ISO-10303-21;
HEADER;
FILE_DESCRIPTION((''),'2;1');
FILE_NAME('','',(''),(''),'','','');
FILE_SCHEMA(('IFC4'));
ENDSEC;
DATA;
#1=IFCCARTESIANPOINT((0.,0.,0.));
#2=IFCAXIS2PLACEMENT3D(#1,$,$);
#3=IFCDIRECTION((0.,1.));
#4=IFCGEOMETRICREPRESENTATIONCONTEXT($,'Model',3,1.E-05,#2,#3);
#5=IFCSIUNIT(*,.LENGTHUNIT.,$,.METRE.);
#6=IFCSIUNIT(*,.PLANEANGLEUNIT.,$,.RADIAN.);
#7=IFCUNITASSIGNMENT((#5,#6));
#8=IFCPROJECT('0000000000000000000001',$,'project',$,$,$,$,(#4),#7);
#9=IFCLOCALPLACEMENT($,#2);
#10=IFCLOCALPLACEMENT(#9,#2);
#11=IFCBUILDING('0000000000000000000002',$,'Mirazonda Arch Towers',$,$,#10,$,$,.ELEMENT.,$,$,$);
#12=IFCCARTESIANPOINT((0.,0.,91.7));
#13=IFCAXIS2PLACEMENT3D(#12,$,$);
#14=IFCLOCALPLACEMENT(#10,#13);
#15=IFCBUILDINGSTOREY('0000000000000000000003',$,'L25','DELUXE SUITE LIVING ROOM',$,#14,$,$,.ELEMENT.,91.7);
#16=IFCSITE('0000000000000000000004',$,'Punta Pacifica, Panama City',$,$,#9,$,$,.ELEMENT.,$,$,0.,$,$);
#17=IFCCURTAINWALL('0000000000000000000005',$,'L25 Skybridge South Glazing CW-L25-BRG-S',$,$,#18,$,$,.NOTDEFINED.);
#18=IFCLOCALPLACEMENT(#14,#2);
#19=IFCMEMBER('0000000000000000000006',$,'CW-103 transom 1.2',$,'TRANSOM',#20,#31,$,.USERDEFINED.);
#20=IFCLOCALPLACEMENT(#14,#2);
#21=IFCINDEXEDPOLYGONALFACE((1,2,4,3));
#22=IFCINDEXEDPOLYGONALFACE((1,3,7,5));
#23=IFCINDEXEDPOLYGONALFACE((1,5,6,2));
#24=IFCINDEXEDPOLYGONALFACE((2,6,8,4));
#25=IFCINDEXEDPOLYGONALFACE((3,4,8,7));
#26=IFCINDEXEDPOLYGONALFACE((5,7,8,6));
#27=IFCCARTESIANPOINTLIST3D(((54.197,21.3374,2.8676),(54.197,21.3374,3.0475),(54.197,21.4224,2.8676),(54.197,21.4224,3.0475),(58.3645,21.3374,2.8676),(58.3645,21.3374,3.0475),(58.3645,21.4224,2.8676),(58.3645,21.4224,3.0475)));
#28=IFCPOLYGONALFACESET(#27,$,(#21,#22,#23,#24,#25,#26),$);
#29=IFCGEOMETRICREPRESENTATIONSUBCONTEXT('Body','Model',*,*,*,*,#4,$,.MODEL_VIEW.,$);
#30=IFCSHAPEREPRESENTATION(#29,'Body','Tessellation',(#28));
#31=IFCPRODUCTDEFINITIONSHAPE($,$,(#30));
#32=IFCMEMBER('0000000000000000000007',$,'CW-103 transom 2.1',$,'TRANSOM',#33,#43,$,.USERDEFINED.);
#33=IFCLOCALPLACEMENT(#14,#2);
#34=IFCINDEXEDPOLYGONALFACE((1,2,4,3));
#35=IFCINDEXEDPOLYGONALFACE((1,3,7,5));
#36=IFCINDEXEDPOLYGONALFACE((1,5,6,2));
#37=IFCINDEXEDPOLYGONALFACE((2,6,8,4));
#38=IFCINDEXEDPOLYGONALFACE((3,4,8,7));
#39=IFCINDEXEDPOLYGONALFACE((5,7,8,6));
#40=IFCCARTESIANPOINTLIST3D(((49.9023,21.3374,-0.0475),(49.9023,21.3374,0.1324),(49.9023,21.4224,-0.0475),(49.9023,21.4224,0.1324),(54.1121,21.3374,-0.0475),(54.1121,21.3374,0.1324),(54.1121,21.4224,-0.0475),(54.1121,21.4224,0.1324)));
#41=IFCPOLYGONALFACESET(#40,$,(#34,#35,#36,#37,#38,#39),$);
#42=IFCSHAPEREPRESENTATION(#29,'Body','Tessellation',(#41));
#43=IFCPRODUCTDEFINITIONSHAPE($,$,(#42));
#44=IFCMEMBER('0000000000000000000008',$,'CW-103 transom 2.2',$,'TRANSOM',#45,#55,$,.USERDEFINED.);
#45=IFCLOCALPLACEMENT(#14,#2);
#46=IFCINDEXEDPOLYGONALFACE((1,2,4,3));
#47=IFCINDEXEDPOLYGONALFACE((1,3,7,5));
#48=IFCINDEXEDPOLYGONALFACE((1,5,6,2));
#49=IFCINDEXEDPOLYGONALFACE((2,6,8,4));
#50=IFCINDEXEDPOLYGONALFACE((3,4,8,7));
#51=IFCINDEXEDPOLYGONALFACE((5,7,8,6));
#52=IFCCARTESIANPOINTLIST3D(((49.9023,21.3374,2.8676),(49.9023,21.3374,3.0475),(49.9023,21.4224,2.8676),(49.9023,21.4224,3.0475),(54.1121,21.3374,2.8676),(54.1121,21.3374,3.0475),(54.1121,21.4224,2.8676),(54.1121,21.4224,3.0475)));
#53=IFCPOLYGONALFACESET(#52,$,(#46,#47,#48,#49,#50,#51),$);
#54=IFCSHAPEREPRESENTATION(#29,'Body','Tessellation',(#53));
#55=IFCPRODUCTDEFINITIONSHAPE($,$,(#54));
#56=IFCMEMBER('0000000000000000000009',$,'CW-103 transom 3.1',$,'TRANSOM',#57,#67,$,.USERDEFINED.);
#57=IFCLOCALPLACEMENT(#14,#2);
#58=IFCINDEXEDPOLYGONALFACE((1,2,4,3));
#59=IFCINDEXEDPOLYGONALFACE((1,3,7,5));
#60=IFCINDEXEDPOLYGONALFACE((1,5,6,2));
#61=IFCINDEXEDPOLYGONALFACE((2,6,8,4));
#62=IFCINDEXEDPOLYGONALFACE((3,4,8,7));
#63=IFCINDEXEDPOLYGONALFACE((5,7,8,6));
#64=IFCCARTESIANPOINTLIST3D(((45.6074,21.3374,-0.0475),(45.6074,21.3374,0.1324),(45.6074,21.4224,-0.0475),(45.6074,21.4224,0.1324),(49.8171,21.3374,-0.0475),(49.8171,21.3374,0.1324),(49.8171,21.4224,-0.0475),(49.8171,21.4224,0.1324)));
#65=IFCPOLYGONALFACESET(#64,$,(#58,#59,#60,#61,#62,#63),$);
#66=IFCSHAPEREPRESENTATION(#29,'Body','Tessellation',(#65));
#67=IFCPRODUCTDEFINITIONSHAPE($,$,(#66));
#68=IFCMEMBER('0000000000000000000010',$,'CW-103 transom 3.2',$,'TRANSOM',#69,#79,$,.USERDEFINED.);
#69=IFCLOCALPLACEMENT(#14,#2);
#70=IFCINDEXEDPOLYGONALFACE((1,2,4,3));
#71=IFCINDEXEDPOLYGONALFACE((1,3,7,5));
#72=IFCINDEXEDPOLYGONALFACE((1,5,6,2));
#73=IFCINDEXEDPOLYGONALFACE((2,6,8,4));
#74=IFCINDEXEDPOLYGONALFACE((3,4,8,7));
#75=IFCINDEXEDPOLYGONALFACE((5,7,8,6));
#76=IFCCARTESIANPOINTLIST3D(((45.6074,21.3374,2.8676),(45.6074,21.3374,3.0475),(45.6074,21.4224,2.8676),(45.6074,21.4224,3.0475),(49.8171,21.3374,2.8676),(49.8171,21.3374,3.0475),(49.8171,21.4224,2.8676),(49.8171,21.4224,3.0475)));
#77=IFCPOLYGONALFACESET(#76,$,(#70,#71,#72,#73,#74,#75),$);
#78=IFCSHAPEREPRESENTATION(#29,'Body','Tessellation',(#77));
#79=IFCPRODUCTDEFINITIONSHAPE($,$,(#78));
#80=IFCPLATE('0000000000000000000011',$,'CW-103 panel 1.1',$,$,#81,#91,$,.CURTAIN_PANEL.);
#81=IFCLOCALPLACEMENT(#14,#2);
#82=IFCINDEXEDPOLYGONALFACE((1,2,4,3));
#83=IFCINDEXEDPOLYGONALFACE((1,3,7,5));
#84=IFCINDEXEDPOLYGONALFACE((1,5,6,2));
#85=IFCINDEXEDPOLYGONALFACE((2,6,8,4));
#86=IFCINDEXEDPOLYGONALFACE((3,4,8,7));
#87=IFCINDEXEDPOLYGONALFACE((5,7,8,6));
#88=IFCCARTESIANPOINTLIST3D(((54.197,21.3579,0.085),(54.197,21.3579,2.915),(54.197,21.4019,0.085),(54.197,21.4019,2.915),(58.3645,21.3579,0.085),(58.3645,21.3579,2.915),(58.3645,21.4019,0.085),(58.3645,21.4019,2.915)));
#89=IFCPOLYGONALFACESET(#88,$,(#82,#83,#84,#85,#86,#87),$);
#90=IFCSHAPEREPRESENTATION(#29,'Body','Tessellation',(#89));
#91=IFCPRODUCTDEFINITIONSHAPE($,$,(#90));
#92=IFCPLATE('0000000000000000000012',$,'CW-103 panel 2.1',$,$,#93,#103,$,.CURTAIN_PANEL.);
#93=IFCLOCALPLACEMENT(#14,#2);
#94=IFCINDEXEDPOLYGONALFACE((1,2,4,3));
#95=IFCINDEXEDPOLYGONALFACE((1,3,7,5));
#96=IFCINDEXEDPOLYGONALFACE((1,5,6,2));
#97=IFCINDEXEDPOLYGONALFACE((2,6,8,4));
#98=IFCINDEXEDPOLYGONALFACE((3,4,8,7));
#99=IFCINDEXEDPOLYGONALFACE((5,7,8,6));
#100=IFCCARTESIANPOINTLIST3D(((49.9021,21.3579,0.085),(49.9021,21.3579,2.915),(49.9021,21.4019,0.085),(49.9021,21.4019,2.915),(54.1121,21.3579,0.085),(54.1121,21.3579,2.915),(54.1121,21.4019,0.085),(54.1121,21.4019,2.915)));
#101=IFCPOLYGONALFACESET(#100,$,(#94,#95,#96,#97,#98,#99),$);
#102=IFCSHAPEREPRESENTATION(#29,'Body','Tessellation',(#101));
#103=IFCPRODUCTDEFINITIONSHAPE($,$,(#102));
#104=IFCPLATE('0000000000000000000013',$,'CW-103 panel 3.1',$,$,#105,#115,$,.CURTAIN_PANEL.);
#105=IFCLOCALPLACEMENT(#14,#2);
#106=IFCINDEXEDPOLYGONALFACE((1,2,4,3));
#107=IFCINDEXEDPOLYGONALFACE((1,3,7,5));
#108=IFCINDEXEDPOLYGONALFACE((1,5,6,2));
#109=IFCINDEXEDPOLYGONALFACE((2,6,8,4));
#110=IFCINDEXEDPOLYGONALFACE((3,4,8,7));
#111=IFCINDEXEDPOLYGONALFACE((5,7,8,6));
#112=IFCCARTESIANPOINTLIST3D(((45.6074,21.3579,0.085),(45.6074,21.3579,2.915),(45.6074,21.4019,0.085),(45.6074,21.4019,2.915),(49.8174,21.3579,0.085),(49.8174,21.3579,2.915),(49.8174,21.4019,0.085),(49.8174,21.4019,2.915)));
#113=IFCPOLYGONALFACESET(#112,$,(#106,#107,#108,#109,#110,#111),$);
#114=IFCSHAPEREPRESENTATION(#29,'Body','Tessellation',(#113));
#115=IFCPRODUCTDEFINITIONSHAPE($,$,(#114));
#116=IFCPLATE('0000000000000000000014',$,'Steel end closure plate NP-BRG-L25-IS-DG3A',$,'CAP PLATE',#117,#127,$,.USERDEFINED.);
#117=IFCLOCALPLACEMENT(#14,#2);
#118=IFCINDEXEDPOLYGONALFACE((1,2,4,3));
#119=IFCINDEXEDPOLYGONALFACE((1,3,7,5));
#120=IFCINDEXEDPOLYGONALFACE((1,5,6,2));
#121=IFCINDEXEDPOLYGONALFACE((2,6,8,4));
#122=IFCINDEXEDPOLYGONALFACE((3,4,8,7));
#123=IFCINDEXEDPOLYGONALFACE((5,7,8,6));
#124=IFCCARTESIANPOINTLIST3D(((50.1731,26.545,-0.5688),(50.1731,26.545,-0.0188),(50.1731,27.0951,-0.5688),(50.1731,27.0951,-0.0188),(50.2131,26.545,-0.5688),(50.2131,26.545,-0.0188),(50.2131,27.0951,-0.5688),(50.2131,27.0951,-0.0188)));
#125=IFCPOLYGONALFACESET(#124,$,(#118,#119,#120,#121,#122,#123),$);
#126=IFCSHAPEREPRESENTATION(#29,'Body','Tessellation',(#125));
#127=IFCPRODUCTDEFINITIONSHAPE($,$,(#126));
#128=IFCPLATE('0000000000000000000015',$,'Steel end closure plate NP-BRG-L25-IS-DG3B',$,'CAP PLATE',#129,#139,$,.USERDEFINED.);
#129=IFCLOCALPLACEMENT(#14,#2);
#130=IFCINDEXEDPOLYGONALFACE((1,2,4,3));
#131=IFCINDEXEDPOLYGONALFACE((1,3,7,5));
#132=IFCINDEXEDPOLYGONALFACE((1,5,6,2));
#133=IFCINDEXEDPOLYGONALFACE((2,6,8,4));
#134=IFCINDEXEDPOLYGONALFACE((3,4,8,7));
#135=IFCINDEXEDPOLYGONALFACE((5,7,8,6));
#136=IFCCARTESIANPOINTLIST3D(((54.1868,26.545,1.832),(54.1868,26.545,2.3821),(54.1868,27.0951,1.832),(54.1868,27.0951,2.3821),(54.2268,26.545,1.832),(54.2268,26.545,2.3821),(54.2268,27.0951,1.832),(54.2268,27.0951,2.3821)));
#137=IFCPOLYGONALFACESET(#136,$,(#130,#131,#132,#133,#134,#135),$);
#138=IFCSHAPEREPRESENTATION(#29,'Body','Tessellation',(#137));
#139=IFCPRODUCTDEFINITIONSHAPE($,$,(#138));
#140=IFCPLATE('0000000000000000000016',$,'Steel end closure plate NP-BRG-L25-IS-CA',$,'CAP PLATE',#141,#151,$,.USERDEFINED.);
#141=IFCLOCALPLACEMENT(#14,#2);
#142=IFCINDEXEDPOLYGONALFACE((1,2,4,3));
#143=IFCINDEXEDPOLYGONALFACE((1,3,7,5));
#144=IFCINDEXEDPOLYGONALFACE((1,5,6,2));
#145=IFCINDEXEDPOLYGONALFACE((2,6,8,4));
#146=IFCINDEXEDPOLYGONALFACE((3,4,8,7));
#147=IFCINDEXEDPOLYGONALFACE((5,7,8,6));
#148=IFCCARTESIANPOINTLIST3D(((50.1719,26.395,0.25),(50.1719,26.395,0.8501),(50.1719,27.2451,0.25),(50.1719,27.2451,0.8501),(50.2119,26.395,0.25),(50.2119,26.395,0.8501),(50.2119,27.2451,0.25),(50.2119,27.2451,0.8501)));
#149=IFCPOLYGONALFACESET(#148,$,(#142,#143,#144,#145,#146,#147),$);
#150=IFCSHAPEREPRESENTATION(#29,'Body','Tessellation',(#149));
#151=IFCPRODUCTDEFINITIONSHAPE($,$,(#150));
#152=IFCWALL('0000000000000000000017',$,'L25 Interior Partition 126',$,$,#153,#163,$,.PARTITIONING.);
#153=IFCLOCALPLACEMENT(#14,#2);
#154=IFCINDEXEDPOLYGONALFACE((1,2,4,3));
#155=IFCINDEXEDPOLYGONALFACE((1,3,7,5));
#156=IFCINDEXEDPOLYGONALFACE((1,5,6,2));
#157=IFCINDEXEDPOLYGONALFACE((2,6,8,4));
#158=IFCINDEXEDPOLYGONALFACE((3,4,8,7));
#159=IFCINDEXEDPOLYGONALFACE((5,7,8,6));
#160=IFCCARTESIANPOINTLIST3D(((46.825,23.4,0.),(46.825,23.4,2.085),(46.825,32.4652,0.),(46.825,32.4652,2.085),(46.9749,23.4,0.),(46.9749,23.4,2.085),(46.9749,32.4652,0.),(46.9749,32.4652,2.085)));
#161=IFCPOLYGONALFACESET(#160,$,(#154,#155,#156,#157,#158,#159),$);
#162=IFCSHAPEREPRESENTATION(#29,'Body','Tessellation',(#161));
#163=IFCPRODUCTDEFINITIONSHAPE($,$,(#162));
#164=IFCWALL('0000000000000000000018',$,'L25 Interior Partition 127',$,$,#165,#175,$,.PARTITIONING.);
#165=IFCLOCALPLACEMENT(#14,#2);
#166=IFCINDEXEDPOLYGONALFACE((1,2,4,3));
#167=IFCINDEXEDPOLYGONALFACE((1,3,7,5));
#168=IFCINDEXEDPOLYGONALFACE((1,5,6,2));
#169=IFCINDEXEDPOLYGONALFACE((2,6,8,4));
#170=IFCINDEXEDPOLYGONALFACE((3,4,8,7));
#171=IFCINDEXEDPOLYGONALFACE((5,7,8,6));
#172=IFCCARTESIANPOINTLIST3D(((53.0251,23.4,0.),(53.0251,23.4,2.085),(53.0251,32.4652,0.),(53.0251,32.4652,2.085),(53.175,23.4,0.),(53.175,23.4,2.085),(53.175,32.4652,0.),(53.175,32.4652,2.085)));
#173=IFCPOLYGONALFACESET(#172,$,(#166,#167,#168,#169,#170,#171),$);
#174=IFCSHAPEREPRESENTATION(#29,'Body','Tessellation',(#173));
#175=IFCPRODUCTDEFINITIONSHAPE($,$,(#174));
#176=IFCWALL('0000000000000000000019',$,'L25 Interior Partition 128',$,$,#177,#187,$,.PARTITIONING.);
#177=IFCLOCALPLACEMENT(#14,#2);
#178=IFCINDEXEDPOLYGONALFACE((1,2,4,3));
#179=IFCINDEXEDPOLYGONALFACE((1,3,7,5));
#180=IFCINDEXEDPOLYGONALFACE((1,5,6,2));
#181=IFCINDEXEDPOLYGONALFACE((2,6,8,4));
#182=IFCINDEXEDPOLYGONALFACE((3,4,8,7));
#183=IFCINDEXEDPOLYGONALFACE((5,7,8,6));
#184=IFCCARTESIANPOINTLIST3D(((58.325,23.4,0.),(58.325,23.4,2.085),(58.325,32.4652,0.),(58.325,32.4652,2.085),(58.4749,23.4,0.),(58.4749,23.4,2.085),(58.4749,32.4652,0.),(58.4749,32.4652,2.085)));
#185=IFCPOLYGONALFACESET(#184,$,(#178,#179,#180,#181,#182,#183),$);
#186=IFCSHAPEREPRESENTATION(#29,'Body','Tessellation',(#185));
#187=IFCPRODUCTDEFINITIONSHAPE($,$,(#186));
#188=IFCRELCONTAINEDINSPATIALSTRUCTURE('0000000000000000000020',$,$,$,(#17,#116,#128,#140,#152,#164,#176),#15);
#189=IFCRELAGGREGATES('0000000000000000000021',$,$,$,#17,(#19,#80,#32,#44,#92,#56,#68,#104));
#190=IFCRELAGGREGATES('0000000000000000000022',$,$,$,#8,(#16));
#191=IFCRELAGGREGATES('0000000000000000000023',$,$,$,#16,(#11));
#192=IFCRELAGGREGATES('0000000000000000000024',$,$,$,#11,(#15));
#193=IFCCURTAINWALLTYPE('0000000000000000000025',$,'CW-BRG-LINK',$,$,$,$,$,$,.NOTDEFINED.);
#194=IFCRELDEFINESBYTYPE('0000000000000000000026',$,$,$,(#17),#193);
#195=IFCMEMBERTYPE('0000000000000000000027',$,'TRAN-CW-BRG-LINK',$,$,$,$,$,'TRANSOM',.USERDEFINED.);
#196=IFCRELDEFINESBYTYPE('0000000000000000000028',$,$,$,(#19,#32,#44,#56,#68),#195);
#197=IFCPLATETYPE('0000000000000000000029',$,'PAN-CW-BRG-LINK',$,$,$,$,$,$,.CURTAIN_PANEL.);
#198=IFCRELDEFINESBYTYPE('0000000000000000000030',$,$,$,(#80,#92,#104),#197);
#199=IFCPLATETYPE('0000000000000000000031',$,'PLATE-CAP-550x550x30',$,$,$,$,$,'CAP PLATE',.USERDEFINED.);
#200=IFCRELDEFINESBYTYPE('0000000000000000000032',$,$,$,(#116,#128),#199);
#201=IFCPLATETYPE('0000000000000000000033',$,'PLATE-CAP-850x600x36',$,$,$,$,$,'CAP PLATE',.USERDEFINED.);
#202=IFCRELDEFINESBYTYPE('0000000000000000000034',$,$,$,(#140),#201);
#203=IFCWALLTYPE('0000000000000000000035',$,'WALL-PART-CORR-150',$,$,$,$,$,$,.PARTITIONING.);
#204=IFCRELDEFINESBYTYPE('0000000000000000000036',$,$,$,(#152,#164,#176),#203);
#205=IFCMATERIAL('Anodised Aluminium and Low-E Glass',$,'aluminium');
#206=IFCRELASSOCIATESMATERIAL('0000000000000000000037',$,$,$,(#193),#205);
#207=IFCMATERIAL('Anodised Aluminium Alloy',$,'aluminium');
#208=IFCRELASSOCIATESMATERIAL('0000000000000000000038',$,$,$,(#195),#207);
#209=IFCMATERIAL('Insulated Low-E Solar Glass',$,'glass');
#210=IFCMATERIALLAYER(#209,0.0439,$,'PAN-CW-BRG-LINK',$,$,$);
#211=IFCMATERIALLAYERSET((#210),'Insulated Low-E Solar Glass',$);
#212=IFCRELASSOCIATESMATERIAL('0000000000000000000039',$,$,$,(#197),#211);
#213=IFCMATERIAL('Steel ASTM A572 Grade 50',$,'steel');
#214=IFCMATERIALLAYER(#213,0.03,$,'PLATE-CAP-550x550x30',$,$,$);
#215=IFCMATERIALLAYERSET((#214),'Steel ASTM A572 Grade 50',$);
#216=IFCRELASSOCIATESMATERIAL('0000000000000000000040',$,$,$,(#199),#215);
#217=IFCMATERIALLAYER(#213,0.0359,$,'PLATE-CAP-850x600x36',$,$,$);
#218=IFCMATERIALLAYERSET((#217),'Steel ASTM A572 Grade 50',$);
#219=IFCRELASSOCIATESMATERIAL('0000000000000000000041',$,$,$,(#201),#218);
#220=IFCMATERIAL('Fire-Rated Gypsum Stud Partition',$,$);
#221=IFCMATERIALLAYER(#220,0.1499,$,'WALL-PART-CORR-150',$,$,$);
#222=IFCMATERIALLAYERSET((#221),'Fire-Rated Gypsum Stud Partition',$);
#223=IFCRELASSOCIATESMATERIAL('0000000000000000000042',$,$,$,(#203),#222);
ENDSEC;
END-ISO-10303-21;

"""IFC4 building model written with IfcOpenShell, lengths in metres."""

from ifc_helpers import new_model, si_unit, direction, frame, frame_2d, origin, origin_2d, place, context, subcontext, project, spatial, rectangle, extrude, material, layer, layer_set, material_profile, profile_set, type_object, element, aggregate, save


model = new_model("IFC4")

# Units and contexts
model_context = context("Model", 3, precision=1e-05, world=origin(), true_north=direction((0.0, 1.0)))
body_context = subcontext(model_context, "Body", "Model", "MODEL_VIEW")
ifc_project = project(units=[si_unit("LENGTHUNIT", "METRE"), si_unit("PLANEANGLEUNIT", "RADIAN")], contexts=[model_context])

# Site, building, storey
site_placement = place(None, origin())
site = spatial("IfcSite", under=ifc_project, at=site_placement, Name="Punta Pacifica, Panama City", CompositionType="ELEMENT", RefElevation=0.0)
building_placement = place(site_placement, origin())
building = spatial("IfcBuilding", under=site, at=building_placement, Name="Mirazonda Arch Towers", CompositionType="ELEMENT")
storey_placement = place(building_placement, frame((0.0, 0.0, 91.7)))
storey = spatial("IfcBuildingStorey", under=building, at=storey_placement, Name="L25", Description="DELUXE SUITE LIVING ROOM", CompositionType="ELEMENT", Elevation=91.7)

# Shared definitions
ifc_material_1 = material(Name="Steel ASTM A572 Grade 50", Category="steel")

# Curtain wall, members, plates
ifc_material_2 = material(Name="Anodised Aluminium and Low-E Glass", Category="aluminium")
curtain_wall_type = type_object("IfcCurtainWallType", Name="CW-BRG-LINK", PredefinedType="NOTDEFINED", material=ifc_material_2)
curtain_wall_placement = place(storey_placement, origin())
curtain_wall = element("IfcCurtainWall", 1, at=curtain_wall_placement, inside=storey, type_object=curtain_wall_type, Name="L25 Skybridge South Glazing CW-L25-BRG-S", PredefinedType="NOTDEFINED")
ifc_material_3 = material(Name="Anodised Aluminium Alloy", Category="aluminium")
ifc_material_profile_1 = material_profile(ifc_material_3, rectangle(XDim=0.085, YDim=0.1799, at=origin_2d()), Name="ALU-TRAN-85x180")
ifc_profile_set_1 = profile_set([ifc_material_profile_1], Name="Anodised Aluminium Alloy")
member_type_1 = type_object("IfcMemberType", Name="TRAN-CW-BRG-LINK", ElementType="TRANSOM", PredefinedType="USERDEFINED", material=ifc_profile_set_1)
member_1_placement = place(storey_placement, frame((58.3645, 21.3799, 2.9575), z_axis=(-1.0, 0.0, 0.0), x_axis=(0.0, -1.0, 0.0)))
member_1 = element("IfcMember", 2, at=member_1_placement, type_object=member_type_1, Name="CW-103 transom 1.2", ObjectType="TRANSOM", PredefinedType="USERDEFINED", context=body_context, shape_type="SweptSolid", body=[
    extrude(rectangle(XDim=0.085, YDim=0.1799, at=origin_2d()), origin(), (0.0, 0.0, 1.0), 4.1675),
])
member_2_placement = place(storey_placement, frame((54.1121, 21.3799, 0.0425), z_axis=(-1.0, 0.0, 0.0), x_axis=(0.0, -1.0, 0.0)))
member_2 = element("IfcMember", 3, at=member_2_placement, type_object=member_type_1, Name="CW-103 transom 2.1", ObjectType="TRANSOM", PredefinedType="USERDEFINED", context=body_context, shape_type="SweptSolid", body=[
    extrude(rectangle(XDim=0.085, YDim=0.1799, at=origin_2d()), origin(), (0.0, 0.0, 1.0), 4.2097),
])
member_3_placement = place(storey_placement, frame((54.1121, 21.3799, 2.9575), z_axis=(-1.0, 0.0, 0.0), x_axis=(0.0, -1.0, 0.0)))
member_3 = element("IfcMember", 4, at=member_3_placement, type_object=member_type_1, Name="CW-103 transom 2.2", ObjectType="TRANSOM", PredefinedType="USERDEFINED", context=body_context, shape_type="SweptSolid", body=[
    extrude(rectangle(XDim=0.085, YDim=0.1799, at=origin_2d()), origin(), (0.0, 0.0, 1.0), 4.2097),
])
member_4_placement = place(storey_placement, frame((49.8171, 21.3799, 0.0425), z_axis=(-1.0, 0.0, 0.0), x_axis=(0.0, -1.0, 0.0)))
member_4 = element("IfcMember", 5, at=member_4_placement, type_object=member_type_1, Name="CW-103 transom 3.1", ObjectType="TRANSOM", PredefinedType="USERDEFINED", context=body_context, shape_type="SweptSolid", body=[
    extrude(rectangle(XDim=0.085, YDim=0.1799, at=origin_2d()), origin(), (0.0, 0.0, 1.0), 4.2097),
])
member_5_placement = place(storey_placement, frame((49.8171, 21.3799, 2.9575), z_axis=(-1.0, 0.0, 0.0), x_axis=(0.0, -1.0, 0.0)))
member_5 = element("IfcMember", 6, at=member_5_placement, type_object=member_type_1, Name="CW-103 transom 3.2", ObjectType="TRANSOM", PredefinedType="USERDEFINED", context=body_context, shape_type="SweptSolid", body=[
    extrude(rectangle(XDim=0.085, YDim=0.1799, at=origin_2d()), origin(), (0.0, 0.0, 1.0), 4.2097),
])
ifc_material_4 = material(Name="Insulated Low-E Solar Glass", Category="glass")
ifc_layer_1 = layer(ifc_material_4, 0.0439, Name="PAN-CW-BRG-LINK")
ifc_layer_set_1 = layer_set([ifc_layer_1], Name="Insulated Low-E Solar Glass")
plate_type_1 = type_object("IfcPlateType", Name="PAN-CW-BRG-LINK", PredefinedType="CURTAIN_PANEL", material=ifc_layer_set_1)
plate_1_placement = place(storey_placement, frame((56.2808, 21.3799, 0.085), z_axis=(0.0, 0.0, 1.0), x_axis=(-1.0, 0.0, 0.0)))
plate_1 = element("IfcPlate", 7, at=plate_1_placement, type_object=plate_type_1, Name="CW-103 panel 1.1", PredefinedType="CURTAIN_PANEL", context=body_context, shape_type="SweptSolid", body=[
    extrude(rectangle(XDim=4.1675, YDim=0.0439, at=origin_2d()), origin(), (0.0, 0.0, 1.0), 2.8301),
])
plate_2_placement = place(storey_placement, frame((52.0071, 21.3799, 0.085), z_axis=(0.0, 0.0, 1.0), x_axis=(-1.0, 0.0, 0.0)))
plate_2 = element("IfcPlate", 8, at=plate_2_placement, type_object=plate_type_1, Name="CW-103 panel 2.1", PredefinedType="CURTAIN_PANEL", context=body_context, shape_type="SweptSolid", body=[
    extrude(rectangle(XDim=4.21, YDim=0.0439, at=origin_2d()), origin(), (0.0, 0.0, 1.0), 2.8301),
])
plate_3_placement = place(storey_placement, frame((47.7124, 21.3799, 0.085), z_axis=(0.0, 0.0, 1.0), x_axis=(-1.0, 0.0, 0.0)))
plate_3 = element("IfcPlate", 9, at=plate_3_placement, type_object=plate_type_1, Name="CW-103 panel 3.1", PredefinedType="CURTAIN_PANEL", context=body_context, shape_type="SweptSolid", body=[
    extrude(rectangle(XDim=4.21, YDim=0.0439, at=origin_2d()), origin(), (0.0, 0.0, 1.0), 2.8301),
])
aggregate(curtain_wall, [member_1, plate_1, member_2, member_3, plate_2, member_4, member_5, plate_3])

# Plates
ifc_layer_2 = layer(ifc_material_1, 0.03, Name="PLATE-CAP-550x550x30")
ifc_layer_set_2 = layer_set([ifc_layer_2], Name="Steel ASTM A572 Grade 50")
plate_type_2 = type_object("IfcPlateType", Name="PLATE-CAP-550x550x30", ElementType="CAP PLATE", PredefinedType="USERDEFINED", material=ifc_layer_set_2)
for number, where, z_axis, x_axis, name in (
    (10, (50.1931, 26.8201, -0.5688), (0.0, 0.0, 1.0), (-1.0, 0.0, 0.0), "Steel end closure plate NP-BRG-L25-IS-DG3A"),
    (11, (54.2068, 26.8201, 1.832), (0.0, 0.0, 1.0), (1.0, 0.0, 0.0), "Steel end closure plate NP-BRG-L25-IS-DG3B"),
):
    element("IfcPlate", number, at=place(storey_placement, frame(where, z_axis=z_axis, x_axis=x_axis)), inside=storey, type_object=plate_type_2, Name=name, ObjectType="CAP PLATE", PredefinedType="USERDEFINED", context=body_context, shape_type="SweptSolid", body=[
        extrude(rectangle(XDim=0.04, YDim=0.55, at=origin_2d()), origin(), (0.0, 0.0, 1.0), 0.55),
    ])
ifc_layer_3 = layer(ifc_material_1, 0.0359, Name="PLATE-CAP-850x600x36")
ifc_layer_set_3 = layer_set([ifc_layer_3], Name="Steel ASTM A572 Grade 50")
plate_type_3 = type_object("IfcPlateType", Name="PLATE-CAP-850x600x36", ElementType="CAP PLATE", PredefinedType="USERDEFINED", material=ifc_layer_set_3)
plate_4_placement = place(storey_placement, frame((50.1919, 26.8201, 0.25), z_axis=(0.0, 0.0, 1.0), x_axis=(-1.0, 0.0, 0.0)))
element("IfcPlate", 12, at=plate_4_placement, inside=storey, type_object=plate_type_3, Name="Steel end closure plate NP-BRG-L25-IS-CA", ObjectType="CAP PLATE", PredefinedType="USERDEFINED", context=body_context, shape_type="SweptSolid", body=[
    extrude(rectangle(XDim=0.04, YDim=0.8501, at=origin_2d()), origin(), (0.0, 0.0, 1.0), 0.6001),
])

# Walls
ifc_material_5 = material(Name="Fire-Rated Gypsum Stud Partition")
ifc_layer_4 = layer(ifc_material_5, 0.1499, Name="WALL-PART-CORR-150")
ifc_layer_set_4 = layer_set([ifc_layer_4], Name="Fire-Rated Gypsum Stud Partition")
wall_type = type_object("IfcWallType", Name="WALL-PART-CORR-150", PredefinedType="PARTITIONING", material=ifc_layer_set_4)
for number, where, z_axis, x_axis, name in (
    (13, (46.8999, 23.3999, 0.0), (0.0, 0.0, 1.0), (0.0, 1.0, 0.0), "L25 Interior Partition 126"),
    (14, (53.1001, 23.3999, 0.0), (0.0, 0.0, 1.0), (0.0, 1.0, 0.0), "L25 Interior Partition 127"),
    (15, (58.3999, 23.3999, 0.0), (0.0, 0.0, 1.0), (0.0, 1.0, 0.0), "L25 Interior Partition 128"),
):
    element("IfcWall", number, at=place(storey_placement, frame(where, z_axis=z_axis, x_axis=x_axis)), inside=storey, type_object=wall_type, Name=name, PredefinedType="PARTITIONING", context=body_context, shape_type="SweptSolid", body=[
        extrude(rectangle(XDim=9.0652, YDim=0.1499, at=frame_2d((4.5327, 0.0))), origin(), (0.0, 0.0, 1.0), 2.085),
    ])

save(model, "model.ifc")
